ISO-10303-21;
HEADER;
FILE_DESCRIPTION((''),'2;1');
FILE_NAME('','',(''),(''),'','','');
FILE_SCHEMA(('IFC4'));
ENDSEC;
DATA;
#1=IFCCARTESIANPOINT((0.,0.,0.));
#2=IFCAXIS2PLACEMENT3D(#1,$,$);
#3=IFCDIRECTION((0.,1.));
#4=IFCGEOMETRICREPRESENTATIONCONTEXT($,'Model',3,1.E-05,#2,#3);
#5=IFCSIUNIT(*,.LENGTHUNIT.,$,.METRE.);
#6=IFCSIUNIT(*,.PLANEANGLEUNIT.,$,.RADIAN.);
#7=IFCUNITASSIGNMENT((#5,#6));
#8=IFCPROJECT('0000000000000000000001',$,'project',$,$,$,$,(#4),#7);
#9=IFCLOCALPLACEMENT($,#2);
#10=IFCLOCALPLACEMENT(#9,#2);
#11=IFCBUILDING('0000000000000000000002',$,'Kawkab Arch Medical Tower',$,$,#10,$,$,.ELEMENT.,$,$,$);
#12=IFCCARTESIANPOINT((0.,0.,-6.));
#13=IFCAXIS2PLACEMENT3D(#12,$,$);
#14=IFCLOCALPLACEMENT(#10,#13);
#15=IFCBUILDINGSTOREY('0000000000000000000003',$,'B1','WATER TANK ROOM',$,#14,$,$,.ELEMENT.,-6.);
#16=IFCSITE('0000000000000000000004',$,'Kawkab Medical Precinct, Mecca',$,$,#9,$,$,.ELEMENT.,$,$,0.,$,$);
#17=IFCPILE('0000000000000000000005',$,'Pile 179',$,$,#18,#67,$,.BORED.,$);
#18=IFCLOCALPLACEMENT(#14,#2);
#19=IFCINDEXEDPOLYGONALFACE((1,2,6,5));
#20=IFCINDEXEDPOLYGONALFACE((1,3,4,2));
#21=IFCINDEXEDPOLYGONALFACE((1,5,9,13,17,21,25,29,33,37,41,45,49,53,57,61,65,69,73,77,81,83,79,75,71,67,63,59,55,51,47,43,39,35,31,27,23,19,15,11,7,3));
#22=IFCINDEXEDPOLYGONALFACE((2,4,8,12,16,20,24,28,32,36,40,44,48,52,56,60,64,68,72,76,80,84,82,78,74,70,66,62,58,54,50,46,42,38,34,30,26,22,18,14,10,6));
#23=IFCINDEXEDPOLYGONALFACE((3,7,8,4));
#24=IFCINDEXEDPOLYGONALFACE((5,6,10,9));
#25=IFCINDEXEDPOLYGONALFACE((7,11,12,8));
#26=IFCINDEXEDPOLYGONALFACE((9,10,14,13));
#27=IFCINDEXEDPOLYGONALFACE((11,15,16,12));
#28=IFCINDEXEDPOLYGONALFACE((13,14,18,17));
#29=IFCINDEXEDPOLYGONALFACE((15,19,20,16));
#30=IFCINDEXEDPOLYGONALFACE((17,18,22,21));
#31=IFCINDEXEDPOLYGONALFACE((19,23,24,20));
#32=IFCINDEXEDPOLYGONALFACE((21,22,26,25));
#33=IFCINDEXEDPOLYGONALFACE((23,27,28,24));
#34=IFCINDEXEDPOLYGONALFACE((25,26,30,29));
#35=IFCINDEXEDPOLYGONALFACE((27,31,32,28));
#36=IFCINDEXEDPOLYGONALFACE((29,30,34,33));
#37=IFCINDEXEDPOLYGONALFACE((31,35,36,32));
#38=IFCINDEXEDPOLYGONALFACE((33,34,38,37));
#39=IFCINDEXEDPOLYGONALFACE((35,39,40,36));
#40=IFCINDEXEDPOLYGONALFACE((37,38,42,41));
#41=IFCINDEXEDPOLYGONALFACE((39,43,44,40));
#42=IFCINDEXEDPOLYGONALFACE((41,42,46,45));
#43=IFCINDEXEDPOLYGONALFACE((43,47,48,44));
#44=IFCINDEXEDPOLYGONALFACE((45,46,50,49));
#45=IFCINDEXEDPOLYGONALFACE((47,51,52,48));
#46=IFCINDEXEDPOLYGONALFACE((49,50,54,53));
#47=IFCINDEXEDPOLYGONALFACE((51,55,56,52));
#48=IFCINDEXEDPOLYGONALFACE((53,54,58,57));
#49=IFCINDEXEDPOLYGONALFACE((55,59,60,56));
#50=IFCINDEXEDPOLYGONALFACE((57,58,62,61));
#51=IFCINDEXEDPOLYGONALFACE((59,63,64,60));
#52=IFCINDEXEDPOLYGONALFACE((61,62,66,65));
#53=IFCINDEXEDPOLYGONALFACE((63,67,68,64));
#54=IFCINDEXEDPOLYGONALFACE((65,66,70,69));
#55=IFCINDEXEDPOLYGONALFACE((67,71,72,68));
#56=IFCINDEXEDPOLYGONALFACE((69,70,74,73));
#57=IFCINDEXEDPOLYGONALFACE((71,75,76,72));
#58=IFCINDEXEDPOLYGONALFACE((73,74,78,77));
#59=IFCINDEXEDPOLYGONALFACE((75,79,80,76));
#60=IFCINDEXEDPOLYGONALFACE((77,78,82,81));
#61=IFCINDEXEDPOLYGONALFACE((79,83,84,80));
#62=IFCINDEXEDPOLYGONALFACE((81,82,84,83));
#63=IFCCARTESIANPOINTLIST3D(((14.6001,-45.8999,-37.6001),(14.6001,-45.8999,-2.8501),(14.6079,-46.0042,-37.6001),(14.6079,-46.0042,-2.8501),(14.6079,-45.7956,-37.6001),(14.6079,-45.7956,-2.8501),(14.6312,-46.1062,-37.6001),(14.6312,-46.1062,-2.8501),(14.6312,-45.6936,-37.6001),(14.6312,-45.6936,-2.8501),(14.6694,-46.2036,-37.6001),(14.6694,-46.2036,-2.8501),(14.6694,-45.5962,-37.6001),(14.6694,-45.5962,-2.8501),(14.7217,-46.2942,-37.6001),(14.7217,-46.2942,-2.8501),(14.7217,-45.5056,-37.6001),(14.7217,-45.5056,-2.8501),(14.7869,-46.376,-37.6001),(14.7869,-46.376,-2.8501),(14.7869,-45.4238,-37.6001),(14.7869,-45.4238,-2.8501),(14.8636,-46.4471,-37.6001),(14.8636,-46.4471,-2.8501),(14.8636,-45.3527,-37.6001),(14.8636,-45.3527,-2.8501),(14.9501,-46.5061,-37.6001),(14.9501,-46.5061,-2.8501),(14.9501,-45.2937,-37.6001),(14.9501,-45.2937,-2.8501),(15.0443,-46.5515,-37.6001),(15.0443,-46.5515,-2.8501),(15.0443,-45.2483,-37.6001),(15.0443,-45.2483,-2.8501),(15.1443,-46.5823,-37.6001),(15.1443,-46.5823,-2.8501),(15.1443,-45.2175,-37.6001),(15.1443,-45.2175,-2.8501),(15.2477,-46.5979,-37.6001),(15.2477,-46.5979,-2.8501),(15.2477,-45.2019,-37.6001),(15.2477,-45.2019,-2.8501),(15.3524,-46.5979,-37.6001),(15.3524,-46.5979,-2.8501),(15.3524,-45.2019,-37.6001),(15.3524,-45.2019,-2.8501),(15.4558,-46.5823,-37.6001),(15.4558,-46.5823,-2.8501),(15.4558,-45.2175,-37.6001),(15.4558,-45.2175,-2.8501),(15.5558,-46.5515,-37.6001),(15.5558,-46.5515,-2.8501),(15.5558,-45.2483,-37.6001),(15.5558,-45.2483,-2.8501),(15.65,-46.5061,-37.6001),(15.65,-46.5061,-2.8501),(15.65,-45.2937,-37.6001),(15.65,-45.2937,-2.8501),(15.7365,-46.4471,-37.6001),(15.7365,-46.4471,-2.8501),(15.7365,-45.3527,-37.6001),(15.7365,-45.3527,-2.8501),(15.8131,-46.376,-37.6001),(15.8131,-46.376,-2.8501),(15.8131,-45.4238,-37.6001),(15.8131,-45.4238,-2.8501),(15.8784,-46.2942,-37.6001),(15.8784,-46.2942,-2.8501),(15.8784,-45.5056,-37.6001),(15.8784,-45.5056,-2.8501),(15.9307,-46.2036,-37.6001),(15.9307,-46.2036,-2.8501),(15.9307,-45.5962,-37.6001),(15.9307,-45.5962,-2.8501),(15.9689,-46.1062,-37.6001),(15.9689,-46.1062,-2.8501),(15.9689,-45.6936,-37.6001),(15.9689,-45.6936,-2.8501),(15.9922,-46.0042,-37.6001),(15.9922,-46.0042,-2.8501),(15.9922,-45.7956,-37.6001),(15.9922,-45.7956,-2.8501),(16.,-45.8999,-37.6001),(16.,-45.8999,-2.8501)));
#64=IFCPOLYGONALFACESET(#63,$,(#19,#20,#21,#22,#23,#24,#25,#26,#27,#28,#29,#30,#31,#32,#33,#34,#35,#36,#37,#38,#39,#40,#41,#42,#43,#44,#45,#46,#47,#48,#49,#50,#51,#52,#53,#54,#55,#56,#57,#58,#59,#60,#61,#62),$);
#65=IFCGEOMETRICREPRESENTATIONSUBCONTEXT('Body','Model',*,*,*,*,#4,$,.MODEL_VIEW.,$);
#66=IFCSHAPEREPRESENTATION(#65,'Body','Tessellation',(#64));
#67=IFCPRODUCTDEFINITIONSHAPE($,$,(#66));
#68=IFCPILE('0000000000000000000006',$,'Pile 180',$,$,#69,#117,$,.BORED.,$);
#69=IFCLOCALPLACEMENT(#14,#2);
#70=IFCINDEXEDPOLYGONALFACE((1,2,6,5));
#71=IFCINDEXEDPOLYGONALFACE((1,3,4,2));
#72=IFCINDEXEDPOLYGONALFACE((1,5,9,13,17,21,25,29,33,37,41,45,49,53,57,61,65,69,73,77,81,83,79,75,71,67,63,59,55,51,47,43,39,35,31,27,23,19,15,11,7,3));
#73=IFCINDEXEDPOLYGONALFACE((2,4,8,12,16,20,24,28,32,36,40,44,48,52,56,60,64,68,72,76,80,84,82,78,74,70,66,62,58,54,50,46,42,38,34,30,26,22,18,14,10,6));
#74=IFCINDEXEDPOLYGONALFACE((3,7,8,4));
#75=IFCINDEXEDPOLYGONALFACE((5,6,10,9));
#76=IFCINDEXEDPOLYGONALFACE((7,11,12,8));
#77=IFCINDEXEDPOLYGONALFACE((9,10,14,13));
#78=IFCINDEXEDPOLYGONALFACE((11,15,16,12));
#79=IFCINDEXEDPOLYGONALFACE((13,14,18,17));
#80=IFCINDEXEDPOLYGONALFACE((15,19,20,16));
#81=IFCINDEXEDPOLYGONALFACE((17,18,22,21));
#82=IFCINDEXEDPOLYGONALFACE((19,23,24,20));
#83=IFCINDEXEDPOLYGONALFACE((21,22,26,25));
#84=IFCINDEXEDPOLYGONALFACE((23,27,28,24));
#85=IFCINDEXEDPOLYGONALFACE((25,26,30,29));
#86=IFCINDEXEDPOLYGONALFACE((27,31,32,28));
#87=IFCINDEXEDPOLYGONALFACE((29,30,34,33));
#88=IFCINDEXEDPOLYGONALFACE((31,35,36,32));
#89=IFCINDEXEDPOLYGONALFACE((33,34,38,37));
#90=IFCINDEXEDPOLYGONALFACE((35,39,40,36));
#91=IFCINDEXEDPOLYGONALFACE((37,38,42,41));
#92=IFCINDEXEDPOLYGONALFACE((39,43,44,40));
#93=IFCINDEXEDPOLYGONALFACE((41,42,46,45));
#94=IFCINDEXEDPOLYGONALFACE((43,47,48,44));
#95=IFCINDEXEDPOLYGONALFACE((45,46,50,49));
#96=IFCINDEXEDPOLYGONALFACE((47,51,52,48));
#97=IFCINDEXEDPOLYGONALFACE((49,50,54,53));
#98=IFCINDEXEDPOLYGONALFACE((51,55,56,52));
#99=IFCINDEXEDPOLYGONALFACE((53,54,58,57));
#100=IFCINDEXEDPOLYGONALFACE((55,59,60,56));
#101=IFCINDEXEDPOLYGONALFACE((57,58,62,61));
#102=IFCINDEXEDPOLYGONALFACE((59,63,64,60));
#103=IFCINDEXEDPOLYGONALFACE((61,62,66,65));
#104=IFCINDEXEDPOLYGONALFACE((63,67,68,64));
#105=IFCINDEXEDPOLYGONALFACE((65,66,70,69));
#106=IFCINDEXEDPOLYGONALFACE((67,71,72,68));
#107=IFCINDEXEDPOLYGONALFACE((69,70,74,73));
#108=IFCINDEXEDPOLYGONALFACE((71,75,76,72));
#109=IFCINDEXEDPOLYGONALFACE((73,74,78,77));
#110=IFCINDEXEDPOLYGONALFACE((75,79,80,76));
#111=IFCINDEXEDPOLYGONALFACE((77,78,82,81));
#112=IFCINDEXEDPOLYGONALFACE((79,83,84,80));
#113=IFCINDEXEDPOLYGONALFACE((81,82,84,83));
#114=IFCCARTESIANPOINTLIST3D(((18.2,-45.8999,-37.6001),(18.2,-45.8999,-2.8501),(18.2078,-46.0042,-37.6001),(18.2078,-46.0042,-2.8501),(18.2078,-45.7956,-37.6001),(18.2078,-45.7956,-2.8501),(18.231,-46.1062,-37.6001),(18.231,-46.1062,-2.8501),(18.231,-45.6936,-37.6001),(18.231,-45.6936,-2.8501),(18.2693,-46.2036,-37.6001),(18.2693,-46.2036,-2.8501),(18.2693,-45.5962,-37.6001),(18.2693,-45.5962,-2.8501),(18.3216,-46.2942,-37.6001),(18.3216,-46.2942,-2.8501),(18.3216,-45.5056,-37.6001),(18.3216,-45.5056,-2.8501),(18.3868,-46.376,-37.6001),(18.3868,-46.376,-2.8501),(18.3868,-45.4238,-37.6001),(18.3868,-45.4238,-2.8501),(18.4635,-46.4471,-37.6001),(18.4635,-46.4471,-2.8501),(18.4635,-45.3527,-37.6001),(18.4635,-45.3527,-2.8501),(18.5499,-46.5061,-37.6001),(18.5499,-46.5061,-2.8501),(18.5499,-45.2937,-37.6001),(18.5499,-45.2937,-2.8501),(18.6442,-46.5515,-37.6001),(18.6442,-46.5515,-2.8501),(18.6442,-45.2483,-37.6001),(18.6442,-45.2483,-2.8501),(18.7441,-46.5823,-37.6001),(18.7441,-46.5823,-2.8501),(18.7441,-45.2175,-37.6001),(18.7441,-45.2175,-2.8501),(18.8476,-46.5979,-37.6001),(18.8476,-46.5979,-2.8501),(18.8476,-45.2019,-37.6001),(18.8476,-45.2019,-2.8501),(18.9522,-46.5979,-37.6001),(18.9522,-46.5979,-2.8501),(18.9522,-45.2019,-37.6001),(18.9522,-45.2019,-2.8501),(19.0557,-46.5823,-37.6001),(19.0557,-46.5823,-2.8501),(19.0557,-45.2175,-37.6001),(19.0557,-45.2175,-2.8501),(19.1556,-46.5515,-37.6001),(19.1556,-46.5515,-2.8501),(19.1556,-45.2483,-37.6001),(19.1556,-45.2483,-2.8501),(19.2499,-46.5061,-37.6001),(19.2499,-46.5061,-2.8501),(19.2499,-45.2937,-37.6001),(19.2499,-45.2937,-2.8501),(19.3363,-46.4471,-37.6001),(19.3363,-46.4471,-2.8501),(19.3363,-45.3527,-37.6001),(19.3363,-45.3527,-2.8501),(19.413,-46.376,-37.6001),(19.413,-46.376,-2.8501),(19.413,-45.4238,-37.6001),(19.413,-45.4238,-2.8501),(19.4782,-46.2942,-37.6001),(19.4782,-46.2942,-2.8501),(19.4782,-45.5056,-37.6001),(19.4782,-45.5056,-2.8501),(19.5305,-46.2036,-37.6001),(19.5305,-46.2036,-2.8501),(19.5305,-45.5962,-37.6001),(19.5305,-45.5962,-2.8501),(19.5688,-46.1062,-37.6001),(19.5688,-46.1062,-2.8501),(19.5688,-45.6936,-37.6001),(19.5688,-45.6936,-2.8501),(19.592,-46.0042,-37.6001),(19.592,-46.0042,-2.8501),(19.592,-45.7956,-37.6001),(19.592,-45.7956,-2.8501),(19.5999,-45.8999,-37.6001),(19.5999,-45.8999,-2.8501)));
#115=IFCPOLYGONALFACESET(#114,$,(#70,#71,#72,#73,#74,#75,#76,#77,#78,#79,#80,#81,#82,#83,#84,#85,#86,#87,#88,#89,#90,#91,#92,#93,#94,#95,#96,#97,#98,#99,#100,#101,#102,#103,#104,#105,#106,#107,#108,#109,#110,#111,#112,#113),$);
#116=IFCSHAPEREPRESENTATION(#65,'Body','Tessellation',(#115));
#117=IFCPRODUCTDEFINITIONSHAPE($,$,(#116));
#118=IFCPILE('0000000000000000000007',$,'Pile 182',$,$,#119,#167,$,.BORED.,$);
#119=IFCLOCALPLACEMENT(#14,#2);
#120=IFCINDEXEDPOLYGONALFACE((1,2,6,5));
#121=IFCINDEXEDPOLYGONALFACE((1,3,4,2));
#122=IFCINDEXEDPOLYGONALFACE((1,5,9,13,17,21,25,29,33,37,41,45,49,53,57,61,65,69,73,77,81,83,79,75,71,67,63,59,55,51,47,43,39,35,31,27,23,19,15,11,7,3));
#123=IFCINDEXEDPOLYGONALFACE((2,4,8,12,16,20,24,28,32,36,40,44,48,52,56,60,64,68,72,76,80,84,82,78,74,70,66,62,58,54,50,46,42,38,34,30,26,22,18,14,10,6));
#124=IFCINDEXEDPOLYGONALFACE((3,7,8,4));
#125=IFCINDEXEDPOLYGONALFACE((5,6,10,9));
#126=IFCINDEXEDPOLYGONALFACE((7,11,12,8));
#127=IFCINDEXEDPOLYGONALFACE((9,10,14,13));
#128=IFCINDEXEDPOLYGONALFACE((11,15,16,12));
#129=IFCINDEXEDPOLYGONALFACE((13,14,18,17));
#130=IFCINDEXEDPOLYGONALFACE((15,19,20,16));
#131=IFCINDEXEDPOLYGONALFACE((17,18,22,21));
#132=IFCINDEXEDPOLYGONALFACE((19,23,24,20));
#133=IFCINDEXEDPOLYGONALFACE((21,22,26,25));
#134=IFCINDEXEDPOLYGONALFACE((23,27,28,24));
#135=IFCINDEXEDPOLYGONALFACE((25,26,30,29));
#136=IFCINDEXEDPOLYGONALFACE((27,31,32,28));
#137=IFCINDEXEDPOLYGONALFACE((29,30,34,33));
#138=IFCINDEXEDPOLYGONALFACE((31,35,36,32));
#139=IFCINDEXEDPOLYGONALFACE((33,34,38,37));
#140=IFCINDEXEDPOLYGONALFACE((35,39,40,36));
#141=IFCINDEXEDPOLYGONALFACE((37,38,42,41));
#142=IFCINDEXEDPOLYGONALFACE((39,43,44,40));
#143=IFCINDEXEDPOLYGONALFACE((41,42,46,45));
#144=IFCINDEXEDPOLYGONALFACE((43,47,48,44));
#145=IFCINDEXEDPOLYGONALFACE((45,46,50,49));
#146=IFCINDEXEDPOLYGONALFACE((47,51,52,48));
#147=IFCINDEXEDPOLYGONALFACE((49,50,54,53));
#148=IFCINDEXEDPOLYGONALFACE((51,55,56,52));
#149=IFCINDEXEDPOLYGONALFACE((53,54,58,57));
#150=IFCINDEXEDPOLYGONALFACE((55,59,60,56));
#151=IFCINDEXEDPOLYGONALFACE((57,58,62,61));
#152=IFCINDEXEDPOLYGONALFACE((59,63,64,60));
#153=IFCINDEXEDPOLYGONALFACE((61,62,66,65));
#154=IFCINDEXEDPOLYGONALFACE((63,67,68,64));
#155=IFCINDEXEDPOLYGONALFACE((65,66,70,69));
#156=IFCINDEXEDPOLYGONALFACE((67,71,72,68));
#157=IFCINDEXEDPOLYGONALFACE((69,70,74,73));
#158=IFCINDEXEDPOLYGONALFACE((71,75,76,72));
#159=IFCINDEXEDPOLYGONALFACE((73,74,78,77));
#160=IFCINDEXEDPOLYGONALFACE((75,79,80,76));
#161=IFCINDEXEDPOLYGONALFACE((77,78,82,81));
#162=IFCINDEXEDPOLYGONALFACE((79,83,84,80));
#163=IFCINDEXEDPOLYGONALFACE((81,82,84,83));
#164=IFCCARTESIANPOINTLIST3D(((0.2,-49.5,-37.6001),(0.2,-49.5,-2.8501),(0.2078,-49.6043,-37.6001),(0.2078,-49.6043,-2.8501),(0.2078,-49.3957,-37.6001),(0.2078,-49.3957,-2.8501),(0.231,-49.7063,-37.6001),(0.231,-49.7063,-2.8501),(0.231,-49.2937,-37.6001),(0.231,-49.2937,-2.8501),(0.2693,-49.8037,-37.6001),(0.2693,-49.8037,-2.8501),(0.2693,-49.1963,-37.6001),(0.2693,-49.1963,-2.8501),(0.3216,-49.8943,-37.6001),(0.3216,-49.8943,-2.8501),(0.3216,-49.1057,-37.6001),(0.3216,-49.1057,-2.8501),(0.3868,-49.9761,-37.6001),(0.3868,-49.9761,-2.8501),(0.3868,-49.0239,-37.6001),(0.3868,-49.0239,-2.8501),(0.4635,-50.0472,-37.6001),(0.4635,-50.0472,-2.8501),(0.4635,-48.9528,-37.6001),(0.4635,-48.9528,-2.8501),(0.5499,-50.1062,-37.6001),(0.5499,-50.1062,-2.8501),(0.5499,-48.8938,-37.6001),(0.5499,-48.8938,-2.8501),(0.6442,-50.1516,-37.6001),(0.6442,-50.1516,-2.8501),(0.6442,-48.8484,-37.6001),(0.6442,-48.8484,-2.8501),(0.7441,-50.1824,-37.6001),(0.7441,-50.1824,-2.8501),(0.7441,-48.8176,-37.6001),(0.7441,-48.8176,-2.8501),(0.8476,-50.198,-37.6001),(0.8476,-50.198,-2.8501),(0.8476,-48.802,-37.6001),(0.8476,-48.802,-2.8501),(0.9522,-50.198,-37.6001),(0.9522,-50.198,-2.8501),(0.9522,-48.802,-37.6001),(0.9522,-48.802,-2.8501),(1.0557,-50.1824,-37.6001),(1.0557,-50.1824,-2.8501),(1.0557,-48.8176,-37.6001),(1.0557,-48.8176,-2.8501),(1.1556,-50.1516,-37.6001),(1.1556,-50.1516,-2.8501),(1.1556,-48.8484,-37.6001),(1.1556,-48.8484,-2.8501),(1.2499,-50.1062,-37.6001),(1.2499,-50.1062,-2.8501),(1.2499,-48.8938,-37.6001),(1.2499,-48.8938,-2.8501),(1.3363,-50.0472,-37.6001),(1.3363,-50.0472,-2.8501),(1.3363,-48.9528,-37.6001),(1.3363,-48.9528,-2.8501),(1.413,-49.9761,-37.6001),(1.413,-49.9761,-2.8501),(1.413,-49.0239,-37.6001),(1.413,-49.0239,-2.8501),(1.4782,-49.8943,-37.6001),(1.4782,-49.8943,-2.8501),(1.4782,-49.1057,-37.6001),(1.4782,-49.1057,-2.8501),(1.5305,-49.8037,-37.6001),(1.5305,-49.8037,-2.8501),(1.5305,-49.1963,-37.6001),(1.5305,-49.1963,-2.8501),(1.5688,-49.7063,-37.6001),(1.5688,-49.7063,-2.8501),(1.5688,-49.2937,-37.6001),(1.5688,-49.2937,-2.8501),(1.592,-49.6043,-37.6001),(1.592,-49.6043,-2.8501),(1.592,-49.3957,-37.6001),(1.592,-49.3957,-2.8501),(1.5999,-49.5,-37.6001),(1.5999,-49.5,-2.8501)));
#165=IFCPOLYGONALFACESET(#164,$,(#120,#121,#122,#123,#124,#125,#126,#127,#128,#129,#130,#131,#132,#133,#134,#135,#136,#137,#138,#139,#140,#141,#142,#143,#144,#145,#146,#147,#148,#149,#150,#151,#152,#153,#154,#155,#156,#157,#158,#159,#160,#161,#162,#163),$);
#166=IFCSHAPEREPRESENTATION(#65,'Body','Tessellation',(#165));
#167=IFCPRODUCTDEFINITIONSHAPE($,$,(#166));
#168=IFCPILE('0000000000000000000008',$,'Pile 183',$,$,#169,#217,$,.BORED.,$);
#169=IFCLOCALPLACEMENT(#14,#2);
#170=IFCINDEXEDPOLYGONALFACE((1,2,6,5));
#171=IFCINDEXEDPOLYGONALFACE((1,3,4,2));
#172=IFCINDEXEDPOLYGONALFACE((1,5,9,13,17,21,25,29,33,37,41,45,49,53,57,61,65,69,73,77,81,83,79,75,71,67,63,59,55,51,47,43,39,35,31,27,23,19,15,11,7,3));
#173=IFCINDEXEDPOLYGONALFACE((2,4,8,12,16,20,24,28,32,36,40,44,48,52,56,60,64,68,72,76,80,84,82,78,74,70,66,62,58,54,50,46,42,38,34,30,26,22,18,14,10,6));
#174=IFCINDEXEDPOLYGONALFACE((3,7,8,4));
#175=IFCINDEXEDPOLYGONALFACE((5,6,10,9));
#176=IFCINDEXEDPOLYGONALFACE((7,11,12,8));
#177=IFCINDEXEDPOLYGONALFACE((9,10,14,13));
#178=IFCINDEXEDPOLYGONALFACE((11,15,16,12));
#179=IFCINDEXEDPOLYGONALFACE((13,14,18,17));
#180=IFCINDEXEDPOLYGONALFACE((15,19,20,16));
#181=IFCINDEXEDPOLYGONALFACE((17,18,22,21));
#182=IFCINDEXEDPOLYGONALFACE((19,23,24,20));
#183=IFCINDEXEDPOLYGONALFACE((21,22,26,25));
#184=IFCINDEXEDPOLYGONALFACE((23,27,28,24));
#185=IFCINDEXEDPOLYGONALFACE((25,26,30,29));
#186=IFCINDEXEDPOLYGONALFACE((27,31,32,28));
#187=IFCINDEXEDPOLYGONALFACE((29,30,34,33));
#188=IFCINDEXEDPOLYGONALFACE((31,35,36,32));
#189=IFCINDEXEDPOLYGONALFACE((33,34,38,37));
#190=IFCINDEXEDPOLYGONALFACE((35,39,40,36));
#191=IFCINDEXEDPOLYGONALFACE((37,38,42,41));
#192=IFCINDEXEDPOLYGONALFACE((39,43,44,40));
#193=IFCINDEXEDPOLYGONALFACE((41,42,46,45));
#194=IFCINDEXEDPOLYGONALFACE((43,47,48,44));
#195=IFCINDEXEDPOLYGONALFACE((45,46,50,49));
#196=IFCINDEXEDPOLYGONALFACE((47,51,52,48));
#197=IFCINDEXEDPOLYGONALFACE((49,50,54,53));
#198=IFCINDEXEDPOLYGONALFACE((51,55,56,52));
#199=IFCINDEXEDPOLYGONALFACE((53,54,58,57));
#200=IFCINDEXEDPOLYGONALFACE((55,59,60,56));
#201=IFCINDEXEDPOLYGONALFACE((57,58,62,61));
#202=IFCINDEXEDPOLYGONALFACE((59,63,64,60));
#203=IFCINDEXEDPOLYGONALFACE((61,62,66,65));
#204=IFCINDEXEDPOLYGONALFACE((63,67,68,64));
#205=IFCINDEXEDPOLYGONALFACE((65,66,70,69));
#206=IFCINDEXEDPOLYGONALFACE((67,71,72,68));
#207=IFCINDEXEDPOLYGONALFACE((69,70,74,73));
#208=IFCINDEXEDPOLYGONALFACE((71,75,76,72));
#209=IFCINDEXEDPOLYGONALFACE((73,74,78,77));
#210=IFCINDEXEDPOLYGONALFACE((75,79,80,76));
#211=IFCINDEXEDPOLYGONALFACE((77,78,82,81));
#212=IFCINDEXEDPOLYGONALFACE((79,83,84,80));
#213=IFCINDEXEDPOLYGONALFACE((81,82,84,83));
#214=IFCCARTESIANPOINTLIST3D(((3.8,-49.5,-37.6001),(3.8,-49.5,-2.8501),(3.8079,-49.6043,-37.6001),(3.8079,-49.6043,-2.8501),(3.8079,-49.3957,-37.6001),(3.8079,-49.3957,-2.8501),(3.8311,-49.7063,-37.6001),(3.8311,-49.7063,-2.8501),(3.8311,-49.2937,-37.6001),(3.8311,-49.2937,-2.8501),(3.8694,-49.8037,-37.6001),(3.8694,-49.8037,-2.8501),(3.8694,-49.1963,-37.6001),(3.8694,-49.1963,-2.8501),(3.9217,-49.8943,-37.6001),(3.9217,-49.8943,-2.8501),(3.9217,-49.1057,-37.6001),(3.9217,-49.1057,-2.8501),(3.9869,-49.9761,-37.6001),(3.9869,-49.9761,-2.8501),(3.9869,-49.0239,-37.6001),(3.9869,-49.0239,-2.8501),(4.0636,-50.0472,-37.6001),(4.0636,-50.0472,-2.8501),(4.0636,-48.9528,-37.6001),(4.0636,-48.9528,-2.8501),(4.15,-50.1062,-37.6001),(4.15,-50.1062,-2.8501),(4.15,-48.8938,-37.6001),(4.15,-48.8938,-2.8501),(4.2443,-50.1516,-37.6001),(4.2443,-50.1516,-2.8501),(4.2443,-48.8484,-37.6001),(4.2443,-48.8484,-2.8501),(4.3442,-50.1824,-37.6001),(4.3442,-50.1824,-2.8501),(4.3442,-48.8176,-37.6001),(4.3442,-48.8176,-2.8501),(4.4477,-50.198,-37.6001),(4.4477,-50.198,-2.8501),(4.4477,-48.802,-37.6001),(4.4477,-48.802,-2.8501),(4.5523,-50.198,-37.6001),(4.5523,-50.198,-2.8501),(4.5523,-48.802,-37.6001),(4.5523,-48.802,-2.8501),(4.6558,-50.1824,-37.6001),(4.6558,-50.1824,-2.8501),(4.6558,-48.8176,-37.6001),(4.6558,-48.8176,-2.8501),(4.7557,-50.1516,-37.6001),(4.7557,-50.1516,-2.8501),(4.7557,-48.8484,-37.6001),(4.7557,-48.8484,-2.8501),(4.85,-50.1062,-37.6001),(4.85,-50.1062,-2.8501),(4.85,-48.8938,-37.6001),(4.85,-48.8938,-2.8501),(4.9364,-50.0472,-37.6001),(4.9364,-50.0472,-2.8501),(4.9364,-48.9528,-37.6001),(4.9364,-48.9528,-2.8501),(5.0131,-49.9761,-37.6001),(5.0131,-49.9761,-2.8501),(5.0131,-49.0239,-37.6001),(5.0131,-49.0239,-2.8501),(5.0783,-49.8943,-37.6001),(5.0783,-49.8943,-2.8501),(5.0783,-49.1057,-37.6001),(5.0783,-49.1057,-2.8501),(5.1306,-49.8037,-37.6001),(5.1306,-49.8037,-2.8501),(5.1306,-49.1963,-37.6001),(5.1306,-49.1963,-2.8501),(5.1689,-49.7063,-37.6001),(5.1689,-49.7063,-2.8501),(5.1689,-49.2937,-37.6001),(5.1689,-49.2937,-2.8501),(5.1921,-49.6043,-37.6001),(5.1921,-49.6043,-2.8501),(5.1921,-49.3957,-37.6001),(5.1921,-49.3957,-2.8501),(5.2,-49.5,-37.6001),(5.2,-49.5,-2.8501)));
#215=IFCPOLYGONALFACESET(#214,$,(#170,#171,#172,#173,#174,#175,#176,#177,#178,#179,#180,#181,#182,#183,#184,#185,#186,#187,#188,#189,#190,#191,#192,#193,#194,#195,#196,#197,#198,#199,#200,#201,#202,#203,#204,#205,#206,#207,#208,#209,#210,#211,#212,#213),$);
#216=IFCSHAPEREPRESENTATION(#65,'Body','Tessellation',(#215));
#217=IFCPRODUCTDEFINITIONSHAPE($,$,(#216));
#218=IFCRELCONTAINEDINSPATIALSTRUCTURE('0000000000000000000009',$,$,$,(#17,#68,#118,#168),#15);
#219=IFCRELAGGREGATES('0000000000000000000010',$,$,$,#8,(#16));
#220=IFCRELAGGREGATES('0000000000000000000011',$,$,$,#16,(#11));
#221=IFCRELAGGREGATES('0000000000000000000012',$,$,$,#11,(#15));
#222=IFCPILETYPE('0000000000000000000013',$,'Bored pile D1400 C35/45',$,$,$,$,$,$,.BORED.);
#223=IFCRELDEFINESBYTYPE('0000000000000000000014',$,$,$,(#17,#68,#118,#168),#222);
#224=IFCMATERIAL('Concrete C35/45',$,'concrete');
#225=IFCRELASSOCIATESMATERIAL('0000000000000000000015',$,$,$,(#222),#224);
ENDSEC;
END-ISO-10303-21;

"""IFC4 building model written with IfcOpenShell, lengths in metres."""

from ifc_helpers import new_model, si_unit, direction, frame, origin, origin_2d, place, context, subcontext, project, spatial, circle, extrude, material, material_profile, profile_set, type_object, element, save


model = new_model("IFC4")

# Units and contexts
model_context = context("Model", 3, precision=1e-05, world=origin(), true_north=direction((0.0, 1.0)))
body_context = subcontext(model_context, "Body", "Model", "MODEL_VIEW")
ifc_project = project(units=[si_unit("LENGTHUNIT", "METRE"), si_unit("PLANEANGLEUNIT", "RADIAN")], contexts=[model_context])

# Site, building, storey
site_placement = place(None, origin())
site = spatial("IfcSite", under=ifc_project, at=site_placement, Name="Kawkab Medical Precinct, Mecca", CompositionType="ELEMENT", RefElevation=0.0)
building_placement = place(site_placement, origin())
building = spatial("IfcBuilding", under=site, at=building_placement, Name="Kawkab Arch Medical Tower", CompositionType="ELEMENT")
storey_placement = place(building_placement, frame((0.0, 0.0, -6.0)))
storey = spatial("IfcBuildingStorey", under=building, at=storey_placement, Name="B1", Description="WATER TANK ROOM", CompositionType="ELEMENT", Elevation=-6.0)

# Piles
ifc_material_1 = material(Name="Concrete C35/45", Category="concrete")
ifc_material_profile_1 = material_profile(ifc_material_1, circle(Radius=0.7, at=origin_2d()), Name="Bored pile D1400")
ifc_profile_set_1 = profile_set([ifc_material_profile_1], Name="Concrete C35/45")
pile_type = type_object("IfcPileType", Name="Bored pile D1400 C35/45", PredefinedType="BORED", material=ifc_profile_set_1)
for number, where, z_axis, x_axis, name in (
    (1, (15.3, -45.8999, -2.8501), (0.0, 0.0, -1.0), (1.0, 0.0, 0.0), "Pile 179"),
    (2, (18.8999, -45.8999, -2.8501), (0.0, 0.0, -1.0), (1.0, 0.0, 0.0), "Pile 180"),
    (3, (0.8999, -49.5, -2.8501), (0.0, 0.0, -1.0), (1.0, 0.0, 0.0), "Pile 182"),
    (4, (4.5, -49.5, -2.8501), (0.0, 0.0, -1.0), (1.0, 0.0, 0.0), "Pile 183"),
):
    element("IfcPile", number, at=place(storey_placement, frame(where, z_axis=z_axis, x_axis=x_axis)), inside=storey, type_object=pile_type, Name=name, PredefinedType="BORED", context=body_context, shape_type="SweptSolid", body=[
        extrude(circle(Radius=0.7, at=origin_2d()), origin(), (0.0, 0.0, 1.0), 34.75),
    ])

save(model, "model.ifc")
